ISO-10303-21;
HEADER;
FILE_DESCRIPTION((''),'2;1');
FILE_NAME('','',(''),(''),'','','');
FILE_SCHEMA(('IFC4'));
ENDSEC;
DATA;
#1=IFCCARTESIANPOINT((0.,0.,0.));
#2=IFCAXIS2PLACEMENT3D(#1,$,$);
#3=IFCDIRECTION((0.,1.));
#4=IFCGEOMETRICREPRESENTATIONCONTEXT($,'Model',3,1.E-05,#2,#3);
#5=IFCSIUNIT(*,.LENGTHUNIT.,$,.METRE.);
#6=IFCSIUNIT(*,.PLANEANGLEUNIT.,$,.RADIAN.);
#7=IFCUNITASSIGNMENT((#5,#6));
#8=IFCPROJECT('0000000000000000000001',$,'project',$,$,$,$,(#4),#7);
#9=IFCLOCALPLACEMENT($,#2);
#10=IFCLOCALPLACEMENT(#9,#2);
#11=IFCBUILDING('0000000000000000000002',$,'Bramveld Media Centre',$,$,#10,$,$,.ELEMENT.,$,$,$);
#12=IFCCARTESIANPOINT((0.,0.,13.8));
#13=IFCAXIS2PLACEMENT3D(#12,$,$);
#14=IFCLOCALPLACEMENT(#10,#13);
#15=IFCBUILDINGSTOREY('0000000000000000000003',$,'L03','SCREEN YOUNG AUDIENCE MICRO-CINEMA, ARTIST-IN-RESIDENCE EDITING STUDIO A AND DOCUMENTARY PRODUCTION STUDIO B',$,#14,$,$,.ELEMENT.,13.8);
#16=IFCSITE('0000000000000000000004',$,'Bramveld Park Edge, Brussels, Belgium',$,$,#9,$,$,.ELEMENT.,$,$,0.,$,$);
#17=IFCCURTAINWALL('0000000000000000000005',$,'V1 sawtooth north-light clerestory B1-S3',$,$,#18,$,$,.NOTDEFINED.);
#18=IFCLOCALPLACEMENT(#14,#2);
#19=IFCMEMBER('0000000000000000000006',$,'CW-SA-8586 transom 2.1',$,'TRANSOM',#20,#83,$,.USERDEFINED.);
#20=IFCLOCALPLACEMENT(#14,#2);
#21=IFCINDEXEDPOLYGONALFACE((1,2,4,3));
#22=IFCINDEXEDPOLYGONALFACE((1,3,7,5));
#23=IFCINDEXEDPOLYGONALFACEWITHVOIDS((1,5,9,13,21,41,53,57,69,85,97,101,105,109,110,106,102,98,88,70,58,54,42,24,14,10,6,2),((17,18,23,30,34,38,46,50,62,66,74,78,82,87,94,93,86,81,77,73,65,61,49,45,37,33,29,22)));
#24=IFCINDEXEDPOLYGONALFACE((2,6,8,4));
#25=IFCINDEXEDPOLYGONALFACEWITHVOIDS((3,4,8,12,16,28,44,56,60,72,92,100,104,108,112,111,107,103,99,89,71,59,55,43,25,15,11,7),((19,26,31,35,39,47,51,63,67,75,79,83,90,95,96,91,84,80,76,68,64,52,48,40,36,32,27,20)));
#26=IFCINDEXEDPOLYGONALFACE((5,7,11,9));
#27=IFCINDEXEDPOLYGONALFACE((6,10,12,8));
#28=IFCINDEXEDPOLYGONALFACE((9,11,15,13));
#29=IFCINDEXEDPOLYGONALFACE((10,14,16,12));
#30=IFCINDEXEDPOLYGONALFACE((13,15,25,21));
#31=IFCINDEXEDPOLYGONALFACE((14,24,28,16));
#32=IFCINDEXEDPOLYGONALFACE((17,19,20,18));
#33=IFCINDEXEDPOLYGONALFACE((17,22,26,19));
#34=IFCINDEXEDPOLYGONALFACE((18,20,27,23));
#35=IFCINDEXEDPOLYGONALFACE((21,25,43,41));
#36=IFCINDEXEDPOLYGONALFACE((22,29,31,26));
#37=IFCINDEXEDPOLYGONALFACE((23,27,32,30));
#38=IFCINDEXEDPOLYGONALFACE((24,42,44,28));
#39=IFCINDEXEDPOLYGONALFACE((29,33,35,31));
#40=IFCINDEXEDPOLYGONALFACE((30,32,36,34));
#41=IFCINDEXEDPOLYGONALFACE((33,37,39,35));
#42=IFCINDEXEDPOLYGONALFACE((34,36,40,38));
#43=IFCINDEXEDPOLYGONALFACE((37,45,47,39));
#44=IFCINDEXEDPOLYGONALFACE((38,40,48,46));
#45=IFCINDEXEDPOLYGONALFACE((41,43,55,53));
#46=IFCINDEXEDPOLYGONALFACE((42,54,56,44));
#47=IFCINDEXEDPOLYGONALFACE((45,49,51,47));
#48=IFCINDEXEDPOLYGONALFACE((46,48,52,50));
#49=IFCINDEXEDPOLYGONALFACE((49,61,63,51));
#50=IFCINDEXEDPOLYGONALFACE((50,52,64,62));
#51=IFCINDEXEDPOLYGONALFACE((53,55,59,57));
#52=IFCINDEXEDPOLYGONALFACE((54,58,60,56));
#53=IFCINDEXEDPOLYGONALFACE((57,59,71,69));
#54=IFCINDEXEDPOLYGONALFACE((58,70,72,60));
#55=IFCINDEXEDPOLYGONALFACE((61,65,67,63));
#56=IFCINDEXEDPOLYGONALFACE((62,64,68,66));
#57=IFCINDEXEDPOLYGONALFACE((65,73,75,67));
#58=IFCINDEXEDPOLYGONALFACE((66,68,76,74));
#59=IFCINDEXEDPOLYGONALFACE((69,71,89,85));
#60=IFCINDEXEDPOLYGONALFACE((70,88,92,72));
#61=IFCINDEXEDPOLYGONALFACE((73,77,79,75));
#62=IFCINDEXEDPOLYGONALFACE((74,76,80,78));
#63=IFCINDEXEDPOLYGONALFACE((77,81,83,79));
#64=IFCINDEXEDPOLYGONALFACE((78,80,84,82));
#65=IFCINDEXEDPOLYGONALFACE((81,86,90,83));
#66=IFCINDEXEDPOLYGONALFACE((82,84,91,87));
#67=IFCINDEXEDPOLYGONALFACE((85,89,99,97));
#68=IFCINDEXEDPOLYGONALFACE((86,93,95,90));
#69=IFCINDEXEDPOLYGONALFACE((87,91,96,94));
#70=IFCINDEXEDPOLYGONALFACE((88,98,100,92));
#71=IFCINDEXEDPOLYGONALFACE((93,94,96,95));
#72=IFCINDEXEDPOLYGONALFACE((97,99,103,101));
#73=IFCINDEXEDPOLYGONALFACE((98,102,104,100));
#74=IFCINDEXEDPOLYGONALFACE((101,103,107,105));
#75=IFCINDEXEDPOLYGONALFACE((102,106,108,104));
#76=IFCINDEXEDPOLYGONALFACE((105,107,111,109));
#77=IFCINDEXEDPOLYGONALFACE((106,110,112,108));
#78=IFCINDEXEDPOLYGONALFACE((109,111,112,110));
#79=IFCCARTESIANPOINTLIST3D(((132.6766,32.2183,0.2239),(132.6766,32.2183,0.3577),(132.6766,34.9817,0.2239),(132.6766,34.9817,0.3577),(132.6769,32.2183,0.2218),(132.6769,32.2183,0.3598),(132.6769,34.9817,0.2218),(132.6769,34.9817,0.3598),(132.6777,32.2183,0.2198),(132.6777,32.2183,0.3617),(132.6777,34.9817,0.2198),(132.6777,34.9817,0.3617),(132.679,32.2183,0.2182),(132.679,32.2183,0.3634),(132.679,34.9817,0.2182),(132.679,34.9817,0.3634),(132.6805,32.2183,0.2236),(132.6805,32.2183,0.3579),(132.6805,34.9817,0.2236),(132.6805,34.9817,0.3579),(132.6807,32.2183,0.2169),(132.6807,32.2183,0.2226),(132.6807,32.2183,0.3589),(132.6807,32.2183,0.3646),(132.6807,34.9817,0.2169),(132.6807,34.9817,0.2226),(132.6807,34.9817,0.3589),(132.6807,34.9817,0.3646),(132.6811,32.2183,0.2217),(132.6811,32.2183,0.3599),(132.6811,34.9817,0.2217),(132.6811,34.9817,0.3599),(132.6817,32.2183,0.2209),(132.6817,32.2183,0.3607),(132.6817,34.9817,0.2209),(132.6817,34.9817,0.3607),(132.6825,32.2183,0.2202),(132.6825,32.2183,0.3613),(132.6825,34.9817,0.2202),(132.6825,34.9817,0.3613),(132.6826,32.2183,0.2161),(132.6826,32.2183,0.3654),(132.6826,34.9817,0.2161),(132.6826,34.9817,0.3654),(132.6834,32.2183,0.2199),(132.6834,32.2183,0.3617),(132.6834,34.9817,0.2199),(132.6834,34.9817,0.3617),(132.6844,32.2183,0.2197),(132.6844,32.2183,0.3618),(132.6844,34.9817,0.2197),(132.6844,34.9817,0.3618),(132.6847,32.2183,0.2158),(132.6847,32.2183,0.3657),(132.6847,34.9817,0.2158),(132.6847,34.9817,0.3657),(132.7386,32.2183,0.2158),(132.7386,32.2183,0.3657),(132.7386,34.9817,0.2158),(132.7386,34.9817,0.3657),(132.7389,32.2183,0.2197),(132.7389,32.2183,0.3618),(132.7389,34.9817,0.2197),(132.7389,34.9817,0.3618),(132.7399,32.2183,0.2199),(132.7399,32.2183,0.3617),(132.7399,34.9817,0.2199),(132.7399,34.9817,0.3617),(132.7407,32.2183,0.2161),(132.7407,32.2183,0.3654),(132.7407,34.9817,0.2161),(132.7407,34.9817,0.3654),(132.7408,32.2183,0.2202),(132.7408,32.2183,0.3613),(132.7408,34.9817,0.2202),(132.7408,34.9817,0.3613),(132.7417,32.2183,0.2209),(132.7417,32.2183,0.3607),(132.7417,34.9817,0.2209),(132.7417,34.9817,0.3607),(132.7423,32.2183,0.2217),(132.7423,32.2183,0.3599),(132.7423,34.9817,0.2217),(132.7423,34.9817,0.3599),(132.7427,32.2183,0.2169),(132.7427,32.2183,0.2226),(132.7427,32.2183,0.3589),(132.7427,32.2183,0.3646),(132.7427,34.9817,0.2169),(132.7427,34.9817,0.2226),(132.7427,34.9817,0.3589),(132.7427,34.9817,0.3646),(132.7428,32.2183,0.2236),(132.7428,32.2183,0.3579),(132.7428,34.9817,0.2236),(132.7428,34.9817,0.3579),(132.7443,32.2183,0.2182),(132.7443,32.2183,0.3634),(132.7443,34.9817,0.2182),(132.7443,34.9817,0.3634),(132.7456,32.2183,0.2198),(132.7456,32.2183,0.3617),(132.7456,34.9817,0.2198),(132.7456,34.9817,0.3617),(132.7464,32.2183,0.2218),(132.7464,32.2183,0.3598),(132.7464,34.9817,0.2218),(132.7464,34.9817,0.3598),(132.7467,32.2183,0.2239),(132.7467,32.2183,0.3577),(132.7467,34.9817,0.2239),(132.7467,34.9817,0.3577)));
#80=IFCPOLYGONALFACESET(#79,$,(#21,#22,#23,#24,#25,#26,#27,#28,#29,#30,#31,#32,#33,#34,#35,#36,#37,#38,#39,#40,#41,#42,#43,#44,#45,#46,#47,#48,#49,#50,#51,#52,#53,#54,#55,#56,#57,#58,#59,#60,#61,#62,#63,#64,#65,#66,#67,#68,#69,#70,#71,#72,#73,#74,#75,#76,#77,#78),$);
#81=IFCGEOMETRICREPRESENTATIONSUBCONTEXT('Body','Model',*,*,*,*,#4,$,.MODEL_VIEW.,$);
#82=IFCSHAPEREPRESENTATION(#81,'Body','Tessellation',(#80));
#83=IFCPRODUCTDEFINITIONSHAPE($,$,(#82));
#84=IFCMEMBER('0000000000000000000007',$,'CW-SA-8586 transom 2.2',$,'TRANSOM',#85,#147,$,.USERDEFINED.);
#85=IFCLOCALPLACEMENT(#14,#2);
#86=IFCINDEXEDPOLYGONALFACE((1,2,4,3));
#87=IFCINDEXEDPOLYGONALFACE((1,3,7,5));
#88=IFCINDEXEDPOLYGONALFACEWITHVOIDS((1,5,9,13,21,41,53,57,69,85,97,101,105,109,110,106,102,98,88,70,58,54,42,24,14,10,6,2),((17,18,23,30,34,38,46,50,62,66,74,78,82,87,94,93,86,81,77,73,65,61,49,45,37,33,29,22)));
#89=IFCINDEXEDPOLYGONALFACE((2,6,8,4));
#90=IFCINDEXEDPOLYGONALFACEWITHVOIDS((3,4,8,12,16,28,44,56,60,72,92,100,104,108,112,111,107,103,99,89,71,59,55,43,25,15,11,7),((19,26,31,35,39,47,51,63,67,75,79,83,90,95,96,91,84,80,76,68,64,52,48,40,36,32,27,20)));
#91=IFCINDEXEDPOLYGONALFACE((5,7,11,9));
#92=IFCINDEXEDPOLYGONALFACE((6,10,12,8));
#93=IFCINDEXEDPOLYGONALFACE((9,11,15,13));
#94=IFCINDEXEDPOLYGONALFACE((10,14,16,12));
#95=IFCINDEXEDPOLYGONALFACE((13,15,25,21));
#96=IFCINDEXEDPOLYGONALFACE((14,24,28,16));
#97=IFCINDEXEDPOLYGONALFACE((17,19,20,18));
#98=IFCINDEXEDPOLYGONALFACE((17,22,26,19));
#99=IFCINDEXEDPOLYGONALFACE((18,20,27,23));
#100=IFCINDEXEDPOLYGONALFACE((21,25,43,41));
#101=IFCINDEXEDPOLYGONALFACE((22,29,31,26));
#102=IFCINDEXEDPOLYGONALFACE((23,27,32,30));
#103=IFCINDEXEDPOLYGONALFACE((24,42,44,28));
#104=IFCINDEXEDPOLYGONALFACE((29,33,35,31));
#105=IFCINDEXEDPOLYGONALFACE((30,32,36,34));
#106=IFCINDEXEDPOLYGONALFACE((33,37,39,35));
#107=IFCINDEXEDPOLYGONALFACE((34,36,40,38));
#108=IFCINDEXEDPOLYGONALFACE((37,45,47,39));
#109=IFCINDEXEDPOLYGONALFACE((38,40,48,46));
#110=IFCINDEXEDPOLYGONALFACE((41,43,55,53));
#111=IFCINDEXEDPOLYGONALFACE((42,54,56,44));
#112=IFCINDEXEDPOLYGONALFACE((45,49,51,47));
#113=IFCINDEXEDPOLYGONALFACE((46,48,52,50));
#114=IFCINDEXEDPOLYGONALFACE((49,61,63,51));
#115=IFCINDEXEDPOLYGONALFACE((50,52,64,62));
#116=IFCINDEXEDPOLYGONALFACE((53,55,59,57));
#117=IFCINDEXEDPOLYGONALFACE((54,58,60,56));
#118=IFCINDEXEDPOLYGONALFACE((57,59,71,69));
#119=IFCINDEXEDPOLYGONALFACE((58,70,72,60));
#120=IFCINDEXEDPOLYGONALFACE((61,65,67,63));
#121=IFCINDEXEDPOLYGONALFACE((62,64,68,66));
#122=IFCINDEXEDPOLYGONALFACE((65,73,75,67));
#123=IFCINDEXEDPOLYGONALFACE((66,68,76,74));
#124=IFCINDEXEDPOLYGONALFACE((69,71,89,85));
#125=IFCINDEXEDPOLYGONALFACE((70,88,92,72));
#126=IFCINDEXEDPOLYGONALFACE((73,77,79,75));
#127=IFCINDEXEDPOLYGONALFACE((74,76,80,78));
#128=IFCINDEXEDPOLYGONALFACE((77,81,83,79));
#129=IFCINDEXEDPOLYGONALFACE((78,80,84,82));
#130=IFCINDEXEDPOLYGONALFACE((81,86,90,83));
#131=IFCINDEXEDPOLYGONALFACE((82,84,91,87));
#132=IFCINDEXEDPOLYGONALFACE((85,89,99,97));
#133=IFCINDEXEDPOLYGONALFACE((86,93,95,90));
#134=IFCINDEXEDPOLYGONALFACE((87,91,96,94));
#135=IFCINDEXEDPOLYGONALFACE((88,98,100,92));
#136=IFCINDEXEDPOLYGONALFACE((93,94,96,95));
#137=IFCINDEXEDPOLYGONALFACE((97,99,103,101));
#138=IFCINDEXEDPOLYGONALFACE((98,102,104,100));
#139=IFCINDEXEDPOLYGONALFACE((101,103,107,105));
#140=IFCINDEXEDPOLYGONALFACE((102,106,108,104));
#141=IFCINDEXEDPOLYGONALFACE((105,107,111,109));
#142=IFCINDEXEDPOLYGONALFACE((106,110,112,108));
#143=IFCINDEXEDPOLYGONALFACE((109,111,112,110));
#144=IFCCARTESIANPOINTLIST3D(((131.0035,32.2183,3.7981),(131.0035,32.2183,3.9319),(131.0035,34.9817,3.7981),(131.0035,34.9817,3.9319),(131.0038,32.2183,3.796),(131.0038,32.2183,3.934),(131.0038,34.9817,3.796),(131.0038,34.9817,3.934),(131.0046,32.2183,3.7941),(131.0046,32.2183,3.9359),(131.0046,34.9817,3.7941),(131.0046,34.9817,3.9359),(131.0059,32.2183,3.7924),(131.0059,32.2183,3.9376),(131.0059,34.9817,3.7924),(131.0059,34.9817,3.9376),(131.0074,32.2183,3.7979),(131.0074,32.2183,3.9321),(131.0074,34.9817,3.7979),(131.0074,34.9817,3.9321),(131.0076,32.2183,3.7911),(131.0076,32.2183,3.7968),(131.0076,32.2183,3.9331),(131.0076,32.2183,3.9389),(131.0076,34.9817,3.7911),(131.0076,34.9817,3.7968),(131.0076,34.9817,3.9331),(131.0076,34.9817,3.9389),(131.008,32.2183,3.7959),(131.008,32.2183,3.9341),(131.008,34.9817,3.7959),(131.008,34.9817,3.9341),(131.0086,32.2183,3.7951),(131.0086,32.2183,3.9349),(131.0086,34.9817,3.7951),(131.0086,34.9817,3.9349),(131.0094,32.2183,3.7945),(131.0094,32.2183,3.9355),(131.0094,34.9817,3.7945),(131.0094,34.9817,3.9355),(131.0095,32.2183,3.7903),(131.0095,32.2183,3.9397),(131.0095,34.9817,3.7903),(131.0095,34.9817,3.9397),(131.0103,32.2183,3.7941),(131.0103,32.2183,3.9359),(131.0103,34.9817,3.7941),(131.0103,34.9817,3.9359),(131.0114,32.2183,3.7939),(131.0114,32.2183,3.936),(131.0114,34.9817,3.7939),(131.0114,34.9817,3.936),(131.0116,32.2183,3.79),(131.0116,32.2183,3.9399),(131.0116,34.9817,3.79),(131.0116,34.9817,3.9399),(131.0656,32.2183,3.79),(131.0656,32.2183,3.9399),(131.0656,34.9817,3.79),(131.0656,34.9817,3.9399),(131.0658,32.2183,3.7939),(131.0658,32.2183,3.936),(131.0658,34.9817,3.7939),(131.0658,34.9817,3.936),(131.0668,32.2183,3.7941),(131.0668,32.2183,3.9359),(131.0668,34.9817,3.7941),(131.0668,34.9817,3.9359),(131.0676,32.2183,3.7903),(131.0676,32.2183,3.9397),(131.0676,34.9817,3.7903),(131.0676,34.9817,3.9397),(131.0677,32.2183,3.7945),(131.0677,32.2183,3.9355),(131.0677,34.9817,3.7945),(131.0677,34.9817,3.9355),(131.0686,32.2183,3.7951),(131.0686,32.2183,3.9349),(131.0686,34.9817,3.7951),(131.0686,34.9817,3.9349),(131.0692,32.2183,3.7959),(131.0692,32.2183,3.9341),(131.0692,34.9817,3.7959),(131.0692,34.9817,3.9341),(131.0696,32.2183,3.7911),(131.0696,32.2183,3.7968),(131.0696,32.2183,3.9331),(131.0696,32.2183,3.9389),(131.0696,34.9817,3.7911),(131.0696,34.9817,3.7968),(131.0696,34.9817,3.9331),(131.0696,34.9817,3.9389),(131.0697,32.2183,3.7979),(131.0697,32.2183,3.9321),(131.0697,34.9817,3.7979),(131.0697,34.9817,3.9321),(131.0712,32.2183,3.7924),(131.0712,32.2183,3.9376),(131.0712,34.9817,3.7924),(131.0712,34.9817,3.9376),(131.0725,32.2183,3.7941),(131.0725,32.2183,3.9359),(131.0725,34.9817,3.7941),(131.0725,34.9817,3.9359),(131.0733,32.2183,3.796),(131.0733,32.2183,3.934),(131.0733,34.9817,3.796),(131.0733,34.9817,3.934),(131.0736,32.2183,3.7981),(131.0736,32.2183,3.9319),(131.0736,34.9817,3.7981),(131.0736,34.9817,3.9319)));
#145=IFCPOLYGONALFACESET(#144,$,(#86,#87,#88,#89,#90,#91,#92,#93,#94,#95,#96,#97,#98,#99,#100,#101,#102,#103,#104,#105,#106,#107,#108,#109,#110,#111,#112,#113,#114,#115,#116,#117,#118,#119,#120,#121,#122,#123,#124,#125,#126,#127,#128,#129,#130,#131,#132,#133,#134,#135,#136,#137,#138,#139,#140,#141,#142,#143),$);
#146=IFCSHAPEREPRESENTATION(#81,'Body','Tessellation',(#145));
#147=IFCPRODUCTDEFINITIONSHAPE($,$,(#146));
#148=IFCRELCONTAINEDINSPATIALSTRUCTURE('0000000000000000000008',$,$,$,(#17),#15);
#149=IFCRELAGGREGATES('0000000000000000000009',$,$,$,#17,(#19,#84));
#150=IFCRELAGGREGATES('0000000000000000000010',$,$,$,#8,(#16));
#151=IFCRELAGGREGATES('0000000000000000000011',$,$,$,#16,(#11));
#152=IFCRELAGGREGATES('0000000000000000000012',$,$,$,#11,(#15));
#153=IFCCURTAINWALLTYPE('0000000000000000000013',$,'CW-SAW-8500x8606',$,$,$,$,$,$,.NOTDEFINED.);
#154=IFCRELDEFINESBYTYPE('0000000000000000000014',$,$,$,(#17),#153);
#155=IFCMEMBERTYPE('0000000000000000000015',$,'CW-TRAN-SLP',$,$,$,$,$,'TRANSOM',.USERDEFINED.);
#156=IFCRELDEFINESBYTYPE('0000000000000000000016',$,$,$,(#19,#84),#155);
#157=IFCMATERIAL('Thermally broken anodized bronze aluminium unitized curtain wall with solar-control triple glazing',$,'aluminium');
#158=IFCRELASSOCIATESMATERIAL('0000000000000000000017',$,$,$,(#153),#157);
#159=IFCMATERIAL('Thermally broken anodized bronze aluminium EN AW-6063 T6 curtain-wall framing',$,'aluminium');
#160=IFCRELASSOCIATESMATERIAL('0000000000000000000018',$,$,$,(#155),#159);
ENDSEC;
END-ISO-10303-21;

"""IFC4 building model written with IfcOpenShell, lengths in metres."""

from ifc_helpers import new_model, si_unit, direction, frame, origin, origin_2d, place, context, subcontext, project, spatial, hollow_rectangle, extrude, material, material_profile, profile_set, type_object, element, aggregate, save


model = new_model("IFC4")

# Units and contexts
model_context = context("Model", 3, precision=1e-05, world=origin(), true_north=direction((0.0, 1.0)))
body_context = subcontext(model_context, "Body", "Model", "MODEL_VIEW")
ifc_project = project(units=[si_unit("LENGTHUNIT", "METRE"), si_unit("PLANEANGLEUNIT", "RADIAN")], contexts=[model_context])

# Site, building, storey
site_placement = place(None, origin())
site = spatial("IfcSite", under=ifc_project, at=site_placement, Name="Bramveld Park Edge, Brussels, Belgium", CompositionType="ELEMENT", RefElevation=0.0)
building_placement = place(site_placement, origin())
building = spatial("IfcBuilding", under=site, at=building_placement, Name="Bramveld Media Centre", CompositionType="ELEMENT")
storey_placement = place(building_placement, frame((0.0, 0.0, 13.8)))
storey = spatial("IfcBuildingStorey", under=building, at=storey_placement, Name="L03", Description="SCREEN YOUNG AUDIENCE MICRO-CINEMA, ARTIST-IN-RESIDENCE EDITING STUDIO A AND DOCUMENTARY PRODUCTION STUDIO B", CompositionType="ELEMENT", Elevation=13.8)

# Curtain wall, members
ifc_material_1 = material(Name="Thermally broken anodized bronze aluminium unitized curtain wall with solar-control triple glazing", Category="aluminium")
curtain_wall_type = type_object("IfcCurtainWallType", Name="CW-SAW-8500x8606", PredefinedType="NOTDEFINED", material=ifc_material_1)
curtain_wall_placement = place(storey_placement, origin())
curtain_wall = element("IfcCurtainWall", 1, at=curtain_wall_placement, inside=storey, type_object=curtain_wall_type, Name="V1 sawtooth north-light clerestory B1-S3", PredefinedType="NOTDEFINED")
ifc_material_2 = material(Name="Thermally broken anodized bronze aluminium EN AW-6063 T6 curtain-wall framing", Category="aluminium")
ifc_material_profile_1 = material_profile(ifc_material_2, hollow_rectangle(XDim=0.0701, YDim=0.1499, WallThickness=0.0039, InnerFilletRadius=0.0039, OuterFilletRadius=0.0081, at=origin_2d()), Name="AL-TRAN 70x150")
ifc_profile_set_1 = profile_set([ifc_material_profile_1], Name="Thermally broken anodized bronze aluminium EN AW-6063 T6 curtain-wall framing")
member_type_1 = type_object("IfcMemberType", Name="CW-TRAN-SLP", ElementType="TRANSOM", PredefinedType="USERDEFINED", material=ifc_profile_set_1)
member_1_placement = place(storey_placement, frame((132.7117, 32.2183, 0.2908), z_axis=(0.0, 1.0, 0.0), x_axis=(-1.0, 0.0, 0.0)))
member_1 = element("IfcMember", 2, at=member_1_placement, type_object=member_type_1, Name="CW-SA-8586 transom 2.1", ObjectType="TRANSOM", PredefinedType="USERDEFINED", context=body_context, shape_type="SweptSolid", body=[
    extrude(hollow_rectangle(XDim=0.0701, YDim=0.1499, WallThickness=0.0039, InnerFilletRadius=0.0039, OuterFilletRadius=0.0081, at=origin_2d()), origin(), (0.0, 0.0, 1.0), 2.7634),
])
member_2_placement = place(storey_placement, frame((131.0386, 32.2183, 3.865), z_axis=(0.0, 1.0, 0.0), x_axis=(-1.0, 0.0, 0.0)))
member_2 = element("IfcMember", 3, at=member_2_placement, type_object=member_type_1, Name="CW-SA-8586 transom 2.2", ObjectType="TRANSOM", PredefinedType="USERDEFINED", context=body_context, shape_type="SweptSolid", body=[
    extrude(hollow_rectangle(XDim=0.0701, YDim=0.1499, WallThickness=0.0039, InnerFilletRadius=0.0039, OuterFilletRadius=0.0081, at=origin_2d()), origin(), (0.0, 0.0, 1.0), 2.7634),
])

aggregate(curtain_wall, [member_1, member_2])

save(model, "model.ifc")
